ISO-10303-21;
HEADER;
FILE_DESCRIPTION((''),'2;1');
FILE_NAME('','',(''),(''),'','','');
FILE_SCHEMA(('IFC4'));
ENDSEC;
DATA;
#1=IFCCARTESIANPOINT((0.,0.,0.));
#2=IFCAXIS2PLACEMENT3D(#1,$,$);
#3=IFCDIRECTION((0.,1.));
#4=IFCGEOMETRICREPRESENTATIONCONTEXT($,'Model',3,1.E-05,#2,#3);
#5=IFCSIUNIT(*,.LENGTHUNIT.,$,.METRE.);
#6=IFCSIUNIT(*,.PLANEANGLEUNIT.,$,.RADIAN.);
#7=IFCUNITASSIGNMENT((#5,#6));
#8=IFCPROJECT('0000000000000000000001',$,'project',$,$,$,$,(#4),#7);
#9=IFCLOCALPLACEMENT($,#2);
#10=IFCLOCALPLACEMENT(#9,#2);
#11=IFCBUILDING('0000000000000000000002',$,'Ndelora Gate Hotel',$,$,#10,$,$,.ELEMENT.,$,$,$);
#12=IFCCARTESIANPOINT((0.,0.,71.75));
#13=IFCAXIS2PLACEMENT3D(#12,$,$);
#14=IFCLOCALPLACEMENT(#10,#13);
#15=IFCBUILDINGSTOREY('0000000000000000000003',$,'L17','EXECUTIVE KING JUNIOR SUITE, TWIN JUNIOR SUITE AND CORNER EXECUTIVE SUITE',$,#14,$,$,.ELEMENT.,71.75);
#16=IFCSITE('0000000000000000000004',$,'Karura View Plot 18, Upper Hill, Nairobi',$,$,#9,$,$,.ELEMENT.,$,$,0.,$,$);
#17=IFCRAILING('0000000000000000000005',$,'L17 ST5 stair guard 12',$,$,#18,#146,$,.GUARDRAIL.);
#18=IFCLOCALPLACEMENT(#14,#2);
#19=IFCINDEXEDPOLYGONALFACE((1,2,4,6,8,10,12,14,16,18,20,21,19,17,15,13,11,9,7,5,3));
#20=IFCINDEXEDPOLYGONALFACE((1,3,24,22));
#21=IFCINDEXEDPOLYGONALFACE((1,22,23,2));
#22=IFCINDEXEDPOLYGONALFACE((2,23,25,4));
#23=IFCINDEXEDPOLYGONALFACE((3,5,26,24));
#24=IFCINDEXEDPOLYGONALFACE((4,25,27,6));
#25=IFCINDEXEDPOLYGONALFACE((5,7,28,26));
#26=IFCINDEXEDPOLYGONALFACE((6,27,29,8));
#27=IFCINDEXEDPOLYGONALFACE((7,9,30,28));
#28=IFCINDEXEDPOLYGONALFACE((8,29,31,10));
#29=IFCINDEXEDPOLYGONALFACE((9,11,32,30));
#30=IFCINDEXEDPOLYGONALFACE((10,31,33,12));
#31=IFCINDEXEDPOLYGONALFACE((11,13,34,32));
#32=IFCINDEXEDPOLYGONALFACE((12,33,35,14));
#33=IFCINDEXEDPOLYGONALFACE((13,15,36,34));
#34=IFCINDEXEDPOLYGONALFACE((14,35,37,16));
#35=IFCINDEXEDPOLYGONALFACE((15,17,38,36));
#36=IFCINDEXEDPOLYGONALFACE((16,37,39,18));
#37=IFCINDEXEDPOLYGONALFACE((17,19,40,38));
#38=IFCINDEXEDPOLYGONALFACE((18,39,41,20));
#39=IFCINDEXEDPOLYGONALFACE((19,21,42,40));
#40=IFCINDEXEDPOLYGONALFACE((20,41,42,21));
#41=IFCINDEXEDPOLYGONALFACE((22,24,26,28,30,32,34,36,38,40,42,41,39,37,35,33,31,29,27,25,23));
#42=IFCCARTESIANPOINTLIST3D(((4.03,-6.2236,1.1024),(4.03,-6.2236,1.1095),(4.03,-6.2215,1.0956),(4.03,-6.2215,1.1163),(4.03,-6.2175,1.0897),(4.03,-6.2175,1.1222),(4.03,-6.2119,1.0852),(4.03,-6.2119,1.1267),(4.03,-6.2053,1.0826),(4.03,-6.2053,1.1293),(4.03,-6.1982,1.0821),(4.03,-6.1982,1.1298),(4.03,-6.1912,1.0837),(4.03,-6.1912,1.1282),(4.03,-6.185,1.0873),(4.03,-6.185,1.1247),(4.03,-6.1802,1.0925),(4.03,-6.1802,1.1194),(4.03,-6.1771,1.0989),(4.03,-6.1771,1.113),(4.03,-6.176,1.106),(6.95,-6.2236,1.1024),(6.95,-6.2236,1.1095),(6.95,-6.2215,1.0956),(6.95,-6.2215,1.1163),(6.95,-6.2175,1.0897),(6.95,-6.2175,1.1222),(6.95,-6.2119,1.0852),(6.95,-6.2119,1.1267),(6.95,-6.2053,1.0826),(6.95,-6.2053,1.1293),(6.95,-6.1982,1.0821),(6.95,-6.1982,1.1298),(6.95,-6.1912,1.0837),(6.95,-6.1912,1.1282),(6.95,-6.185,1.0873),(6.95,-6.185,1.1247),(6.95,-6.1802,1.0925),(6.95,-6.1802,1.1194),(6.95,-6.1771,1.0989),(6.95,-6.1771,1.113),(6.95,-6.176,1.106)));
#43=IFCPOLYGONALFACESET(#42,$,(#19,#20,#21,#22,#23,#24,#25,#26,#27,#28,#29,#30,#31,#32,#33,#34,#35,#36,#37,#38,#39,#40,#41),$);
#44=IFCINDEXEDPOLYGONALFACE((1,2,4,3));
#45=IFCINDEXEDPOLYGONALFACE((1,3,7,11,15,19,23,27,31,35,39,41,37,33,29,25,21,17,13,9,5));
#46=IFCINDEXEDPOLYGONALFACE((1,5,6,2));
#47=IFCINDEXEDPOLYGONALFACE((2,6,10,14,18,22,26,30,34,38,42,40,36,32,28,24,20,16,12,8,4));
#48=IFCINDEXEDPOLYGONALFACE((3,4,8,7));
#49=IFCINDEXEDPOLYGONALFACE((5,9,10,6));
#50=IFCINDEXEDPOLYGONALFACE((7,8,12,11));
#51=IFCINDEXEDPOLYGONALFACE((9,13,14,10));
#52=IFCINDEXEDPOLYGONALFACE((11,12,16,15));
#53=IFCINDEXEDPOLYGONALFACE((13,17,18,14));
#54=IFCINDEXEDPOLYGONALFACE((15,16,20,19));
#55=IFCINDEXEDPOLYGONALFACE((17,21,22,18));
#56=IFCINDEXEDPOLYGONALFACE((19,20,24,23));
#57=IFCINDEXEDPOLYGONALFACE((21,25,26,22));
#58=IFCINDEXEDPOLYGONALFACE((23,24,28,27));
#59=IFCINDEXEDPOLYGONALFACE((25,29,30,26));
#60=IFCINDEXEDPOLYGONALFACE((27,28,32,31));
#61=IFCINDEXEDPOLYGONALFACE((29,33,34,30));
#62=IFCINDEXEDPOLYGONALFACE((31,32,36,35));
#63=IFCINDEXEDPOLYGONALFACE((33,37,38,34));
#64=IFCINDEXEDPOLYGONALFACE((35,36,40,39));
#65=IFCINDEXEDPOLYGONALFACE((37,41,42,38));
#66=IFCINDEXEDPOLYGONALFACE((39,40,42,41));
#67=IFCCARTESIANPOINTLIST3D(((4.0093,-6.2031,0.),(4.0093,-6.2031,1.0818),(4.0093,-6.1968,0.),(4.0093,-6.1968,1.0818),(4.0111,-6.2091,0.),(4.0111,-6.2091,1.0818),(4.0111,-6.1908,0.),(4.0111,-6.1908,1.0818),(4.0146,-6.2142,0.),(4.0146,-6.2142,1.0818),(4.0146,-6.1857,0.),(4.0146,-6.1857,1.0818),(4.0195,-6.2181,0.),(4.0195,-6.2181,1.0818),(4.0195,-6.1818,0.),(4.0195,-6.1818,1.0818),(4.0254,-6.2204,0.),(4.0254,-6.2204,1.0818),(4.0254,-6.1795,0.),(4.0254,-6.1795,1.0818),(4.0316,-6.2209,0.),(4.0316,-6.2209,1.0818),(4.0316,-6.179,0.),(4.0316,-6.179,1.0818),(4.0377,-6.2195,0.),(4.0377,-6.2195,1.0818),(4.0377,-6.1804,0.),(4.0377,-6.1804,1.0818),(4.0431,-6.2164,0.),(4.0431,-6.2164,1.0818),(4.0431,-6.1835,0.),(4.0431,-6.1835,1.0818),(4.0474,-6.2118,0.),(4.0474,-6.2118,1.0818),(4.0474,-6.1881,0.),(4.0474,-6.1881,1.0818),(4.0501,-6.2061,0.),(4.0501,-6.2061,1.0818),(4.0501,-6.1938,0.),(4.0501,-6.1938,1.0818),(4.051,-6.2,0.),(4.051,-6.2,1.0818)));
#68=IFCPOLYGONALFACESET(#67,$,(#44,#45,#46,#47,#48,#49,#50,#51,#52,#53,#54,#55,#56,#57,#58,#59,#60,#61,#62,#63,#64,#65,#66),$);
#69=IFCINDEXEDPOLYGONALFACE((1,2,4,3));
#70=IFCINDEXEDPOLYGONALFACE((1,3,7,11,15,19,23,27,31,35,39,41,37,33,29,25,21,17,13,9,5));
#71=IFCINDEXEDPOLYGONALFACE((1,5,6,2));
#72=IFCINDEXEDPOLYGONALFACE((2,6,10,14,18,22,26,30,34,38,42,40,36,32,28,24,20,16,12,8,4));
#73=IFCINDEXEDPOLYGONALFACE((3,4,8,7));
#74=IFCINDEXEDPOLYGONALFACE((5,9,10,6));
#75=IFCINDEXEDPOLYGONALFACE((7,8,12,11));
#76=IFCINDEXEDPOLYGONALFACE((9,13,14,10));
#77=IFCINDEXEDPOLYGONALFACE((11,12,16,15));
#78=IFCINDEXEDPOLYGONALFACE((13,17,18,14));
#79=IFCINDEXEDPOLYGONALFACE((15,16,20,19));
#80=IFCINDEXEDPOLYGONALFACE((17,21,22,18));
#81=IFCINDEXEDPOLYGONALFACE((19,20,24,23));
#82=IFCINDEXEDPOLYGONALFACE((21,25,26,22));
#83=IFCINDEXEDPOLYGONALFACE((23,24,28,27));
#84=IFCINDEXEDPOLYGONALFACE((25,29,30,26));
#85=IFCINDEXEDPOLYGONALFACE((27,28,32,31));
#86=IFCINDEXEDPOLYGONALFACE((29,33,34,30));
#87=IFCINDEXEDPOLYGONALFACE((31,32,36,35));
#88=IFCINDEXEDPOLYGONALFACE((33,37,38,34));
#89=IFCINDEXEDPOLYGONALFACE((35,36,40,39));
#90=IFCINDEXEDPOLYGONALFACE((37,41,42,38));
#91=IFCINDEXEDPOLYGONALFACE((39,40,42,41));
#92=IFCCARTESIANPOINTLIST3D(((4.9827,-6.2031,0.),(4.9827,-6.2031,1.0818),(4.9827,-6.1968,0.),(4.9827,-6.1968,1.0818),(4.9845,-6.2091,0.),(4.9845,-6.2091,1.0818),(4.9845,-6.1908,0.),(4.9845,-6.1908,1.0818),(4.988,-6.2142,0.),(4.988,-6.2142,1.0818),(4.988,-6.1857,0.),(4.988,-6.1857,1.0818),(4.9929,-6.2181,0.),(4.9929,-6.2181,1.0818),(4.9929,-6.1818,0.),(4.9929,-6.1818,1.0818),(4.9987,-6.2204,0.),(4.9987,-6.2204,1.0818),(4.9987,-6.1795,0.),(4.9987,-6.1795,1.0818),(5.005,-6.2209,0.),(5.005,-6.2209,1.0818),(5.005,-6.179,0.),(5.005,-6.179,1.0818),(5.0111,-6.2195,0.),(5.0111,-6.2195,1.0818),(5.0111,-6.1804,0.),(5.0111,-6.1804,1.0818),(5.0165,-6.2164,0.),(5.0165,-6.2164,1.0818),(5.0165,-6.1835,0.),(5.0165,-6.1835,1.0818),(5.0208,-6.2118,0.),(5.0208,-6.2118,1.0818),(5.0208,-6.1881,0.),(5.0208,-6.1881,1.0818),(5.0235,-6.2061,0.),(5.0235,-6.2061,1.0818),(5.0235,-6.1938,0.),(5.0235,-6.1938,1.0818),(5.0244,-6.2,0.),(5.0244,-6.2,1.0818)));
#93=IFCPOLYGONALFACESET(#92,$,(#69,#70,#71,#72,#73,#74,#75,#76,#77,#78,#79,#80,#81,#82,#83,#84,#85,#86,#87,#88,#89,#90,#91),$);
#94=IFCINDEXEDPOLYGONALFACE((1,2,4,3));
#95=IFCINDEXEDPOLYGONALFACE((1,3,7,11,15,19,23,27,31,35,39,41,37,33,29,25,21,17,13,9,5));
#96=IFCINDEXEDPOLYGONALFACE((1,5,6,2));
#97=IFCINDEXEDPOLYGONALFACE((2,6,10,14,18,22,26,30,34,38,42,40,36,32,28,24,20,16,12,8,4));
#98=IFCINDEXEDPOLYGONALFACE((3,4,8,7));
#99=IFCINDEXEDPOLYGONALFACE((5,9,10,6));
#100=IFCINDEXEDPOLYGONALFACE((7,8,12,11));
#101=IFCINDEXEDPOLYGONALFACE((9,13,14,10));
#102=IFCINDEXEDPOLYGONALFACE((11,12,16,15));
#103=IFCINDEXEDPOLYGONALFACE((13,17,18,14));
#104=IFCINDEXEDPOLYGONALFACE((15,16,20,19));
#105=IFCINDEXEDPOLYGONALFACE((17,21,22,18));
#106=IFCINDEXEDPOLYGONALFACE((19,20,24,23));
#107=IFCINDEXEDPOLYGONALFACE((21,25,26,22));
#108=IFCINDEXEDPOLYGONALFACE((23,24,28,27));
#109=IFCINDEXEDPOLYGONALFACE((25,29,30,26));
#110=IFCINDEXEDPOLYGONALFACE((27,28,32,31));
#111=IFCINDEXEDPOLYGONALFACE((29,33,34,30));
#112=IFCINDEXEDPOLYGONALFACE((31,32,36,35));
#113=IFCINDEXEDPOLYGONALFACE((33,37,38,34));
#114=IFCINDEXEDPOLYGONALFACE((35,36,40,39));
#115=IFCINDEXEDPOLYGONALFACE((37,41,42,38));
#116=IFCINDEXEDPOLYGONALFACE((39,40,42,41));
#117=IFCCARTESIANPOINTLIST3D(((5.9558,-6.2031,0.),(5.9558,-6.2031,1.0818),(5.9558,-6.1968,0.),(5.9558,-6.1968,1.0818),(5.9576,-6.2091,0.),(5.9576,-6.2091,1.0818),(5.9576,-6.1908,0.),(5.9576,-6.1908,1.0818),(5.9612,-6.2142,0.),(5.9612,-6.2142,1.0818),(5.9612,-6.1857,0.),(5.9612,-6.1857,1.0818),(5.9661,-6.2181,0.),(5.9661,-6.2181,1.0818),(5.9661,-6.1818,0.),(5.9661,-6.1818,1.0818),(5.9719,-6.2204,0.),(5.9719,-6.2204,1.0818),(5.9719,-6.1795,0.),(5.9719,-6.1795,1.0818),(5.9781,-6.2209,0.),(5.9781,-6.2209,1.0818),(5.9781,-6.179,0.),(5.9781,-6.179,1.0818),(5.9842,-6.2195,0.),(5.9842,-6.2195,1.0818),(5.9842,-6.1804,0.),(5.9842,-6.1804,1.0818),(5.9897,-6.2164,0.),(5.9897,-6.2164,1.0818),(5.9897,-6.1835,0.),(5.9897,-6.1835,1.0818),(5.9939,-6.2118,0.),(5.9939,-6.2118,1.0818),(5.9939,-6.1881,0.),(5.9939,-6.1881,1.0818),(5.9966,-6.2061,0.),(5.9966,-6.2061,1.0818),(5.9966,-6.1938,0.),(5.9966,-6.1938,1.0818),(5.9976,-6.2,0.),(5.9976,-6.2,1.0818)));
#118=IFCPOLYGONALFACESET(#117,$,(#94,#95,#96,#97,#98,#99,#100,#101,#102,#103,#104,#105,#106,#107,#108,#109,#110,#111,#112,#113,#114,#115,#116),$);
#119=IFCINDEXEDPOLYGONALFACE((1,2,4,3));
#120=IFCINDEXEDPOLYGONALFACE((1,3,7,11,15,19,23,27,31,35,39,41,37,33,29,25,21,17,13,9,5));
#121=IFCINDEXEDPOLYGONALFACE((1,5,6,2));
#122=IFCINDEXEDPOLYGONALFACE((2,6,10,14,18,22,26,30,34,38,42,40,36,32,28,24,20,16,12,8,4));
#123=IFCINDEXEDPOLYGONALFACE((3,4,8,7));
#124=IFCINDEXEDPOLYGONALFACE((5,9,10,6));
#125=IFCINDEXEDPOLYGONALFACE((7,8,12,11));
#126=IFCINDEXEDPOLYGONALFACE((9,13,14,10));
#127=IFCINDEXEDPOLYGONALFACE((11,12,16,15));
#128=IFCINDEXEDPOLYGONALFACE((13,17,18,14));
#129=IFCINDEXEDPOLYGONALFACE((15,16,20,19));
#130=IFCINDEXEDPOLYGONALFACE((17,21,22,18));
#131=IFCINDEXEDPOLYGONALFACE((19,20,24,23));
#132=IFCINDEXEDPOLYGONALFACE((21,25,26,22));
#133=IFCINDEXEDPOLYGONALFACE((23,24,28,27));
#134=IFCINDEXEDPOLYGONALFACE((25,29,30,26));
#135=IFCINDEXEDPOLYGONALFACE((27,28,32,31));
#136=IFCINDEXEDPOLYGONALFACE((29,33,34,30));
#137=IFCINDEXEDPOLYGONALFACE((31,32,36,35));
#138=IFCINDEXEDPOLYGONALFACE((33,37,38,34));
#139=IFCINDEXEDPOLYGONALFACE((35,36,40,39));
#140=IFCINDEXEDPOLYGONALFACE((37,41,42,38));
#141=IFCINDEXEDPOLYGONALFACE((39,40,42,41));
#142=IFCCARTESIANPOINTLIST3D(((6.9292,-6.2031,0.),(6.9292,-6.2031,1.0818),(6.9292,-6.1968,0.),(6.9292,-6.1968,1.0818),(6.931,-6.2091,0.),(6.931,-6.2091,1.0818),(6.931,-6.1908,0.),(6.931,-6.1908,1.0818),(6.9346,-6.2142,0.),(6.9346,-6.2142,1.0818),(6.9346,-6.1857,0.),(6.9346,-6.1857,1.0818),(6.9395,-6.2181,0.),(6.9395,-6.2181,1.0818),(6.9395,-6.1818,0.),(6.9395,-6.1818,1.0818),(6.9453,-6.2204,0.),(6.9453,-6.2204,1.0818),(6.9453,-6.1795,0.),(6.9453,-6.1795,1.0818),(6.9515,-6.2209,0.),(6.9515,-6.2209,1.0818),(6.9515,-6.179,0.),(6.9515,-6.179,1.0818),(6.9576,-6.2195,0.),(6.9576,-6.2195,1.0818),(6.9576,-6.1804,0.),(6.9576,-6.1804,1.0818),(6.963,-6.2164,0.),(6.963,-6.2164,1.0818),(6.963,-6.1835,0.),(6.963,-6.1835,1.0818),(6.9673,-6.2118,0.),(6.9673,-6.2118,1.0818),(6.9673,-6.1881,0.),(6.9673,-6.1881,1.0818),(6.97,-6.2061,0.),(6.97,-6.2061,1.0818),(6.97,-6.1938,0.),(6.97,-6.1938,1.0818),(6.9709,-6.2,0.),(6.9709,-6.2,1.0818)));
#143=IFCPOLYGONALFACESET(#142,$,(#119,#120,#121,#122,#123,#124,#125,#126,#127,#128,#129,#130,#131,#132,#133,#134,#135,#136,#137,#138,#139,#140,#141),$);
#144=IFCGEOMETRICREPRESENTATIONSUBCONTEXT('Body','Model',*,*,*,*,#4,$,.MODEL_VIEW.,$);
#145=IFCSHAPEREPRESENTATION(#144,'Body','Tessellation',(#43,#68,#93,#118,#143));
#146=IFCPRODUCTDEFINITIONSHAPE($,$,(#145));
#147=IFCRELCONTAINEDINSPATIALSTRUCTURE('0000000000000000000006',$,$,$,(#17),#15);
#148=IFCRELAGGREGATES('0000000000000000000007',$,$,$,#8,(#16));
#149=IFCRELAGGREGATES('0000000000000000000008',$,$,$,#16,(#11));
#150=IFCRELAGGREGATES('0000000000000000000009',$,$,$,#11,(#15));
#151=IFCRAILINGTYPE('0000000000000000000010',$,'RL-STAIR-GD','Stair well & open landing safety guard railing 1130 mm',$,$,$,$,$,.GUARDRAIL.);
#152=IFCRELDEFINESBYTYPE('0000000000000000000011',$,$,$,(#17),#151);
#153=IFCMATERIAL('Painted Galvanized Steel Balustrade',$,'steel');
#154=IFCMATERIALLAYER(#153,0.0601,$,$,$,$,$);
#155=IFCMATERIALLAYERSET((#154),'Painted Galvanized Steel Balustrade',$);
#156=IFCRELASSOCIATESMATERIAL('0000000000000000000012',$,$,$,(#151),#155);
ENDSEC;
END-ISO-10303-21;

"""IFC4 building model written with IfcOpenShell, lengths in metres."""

from ifc_helpers import new_model, si_unit, direction, frame, origin, origin_2d, place, context, subcontext, project, spatial, circle, extrude, material, layer, layer_set, type_object, element, save


model = new_model("IFC4")

# Units and contexts
model_context = context("Model", 3, precision=1e-05, world=origin(), true_north=direction((0.0, 1.0)))
body_context = subcontext(model_context, "Body", "Model", "MODEL_VIEW")
ifc_project = project(units=[si_unit("LENGTHUNIT", "METRE"), si_unit("PLANEANGLEUNIT", "RADIAN")], contexts=[model_context])

# Site, building, storey
site_placement = place(None, origin())
site = spatial("IfcSite", under=ifc_project, at=site_placement, Name="Karura View Plot 18, Upper Hill, Nairobi", CompositionType="ELEMENT", RefElevation=0.0)
building_placement = place(site_placement, origin())
building = spatial("IfcBuilding", under=site, at=building_placement, Name="Ndelora Gate Hotel", CompositionType="ELEMENT")
storey_placement = place(building_placement, frame((0.0, 0.0, 71.75)))
storey = spatial("IfcBuildingStorey", under=building, at=storey_placement, Name="L17", Description="EXECUTIVE KING JUNIOR SUITE, TWIN JUNIOR SUITE AND CORNER EXECUTIVE SUITE", CompositionType="ELEMENT", Elevation=71.75)

# Railing
ifc_material_1 = material(Name="Painted Galvanized Steel Balustrade", Category="steel")
ifc_layer_1 = layer(ifc_material_1, 0.0601)
ifc_layer_set_1 = layer_set([ifc_layer_1], Name="Painted Galvanized Steel Balustrade")
railing_type = type_object("IfcRailingType", Name="RL-STAIR-GD", Description="Stair well & open landing safety guard railing 1130 mm", PredefinedType="GUARDRAIL", material=ifc_layer_set_1)
railing_1_placement = place(storey_placement, frame((4.03, -6.2, 0.0)))
element("IfcRailing", 1, at=railing_1_placement, inside=storey, type_object=railing_type, Name="L17 ST5 stair guard 12", PredefinedType="GUARDRAIL", context=body_context, shape_type="SweptSolid", body=[
    extrude(circle(Radius=0.0239, at=origin_2d()), frame((0.0, 0.0, 1.106), z_axis=(1.0, 0.0, 0.0), x_axis=(0.0, 1.0, 0.0)), (0.0, 0.0, 1.0), 2.9199),
    extrude(circle(Radius=0.021, at=origin_2d()), origin(), (0.0, 0.0, 1.0), 1.0818),
    extrude(circle(Radius=0.021, at=origin_2d()), frame((0.9734, 0.0, 0.0)), (0.0, 0.0, 1.0), 1.0818),
    extrude(circle(Radius=0.021, at=origin_2d()), frame((1.9465, 0.0, 0.0)), (0.0, 0.0, 1.0), 1.0818),
    extrude(circle(Radius=0.021, at=origin_2d()), frame((2.9199, 0.0, 0.0)), (0.0, 0.0, 1.0), 1.0818),
])

save(model, "model.ifc")
